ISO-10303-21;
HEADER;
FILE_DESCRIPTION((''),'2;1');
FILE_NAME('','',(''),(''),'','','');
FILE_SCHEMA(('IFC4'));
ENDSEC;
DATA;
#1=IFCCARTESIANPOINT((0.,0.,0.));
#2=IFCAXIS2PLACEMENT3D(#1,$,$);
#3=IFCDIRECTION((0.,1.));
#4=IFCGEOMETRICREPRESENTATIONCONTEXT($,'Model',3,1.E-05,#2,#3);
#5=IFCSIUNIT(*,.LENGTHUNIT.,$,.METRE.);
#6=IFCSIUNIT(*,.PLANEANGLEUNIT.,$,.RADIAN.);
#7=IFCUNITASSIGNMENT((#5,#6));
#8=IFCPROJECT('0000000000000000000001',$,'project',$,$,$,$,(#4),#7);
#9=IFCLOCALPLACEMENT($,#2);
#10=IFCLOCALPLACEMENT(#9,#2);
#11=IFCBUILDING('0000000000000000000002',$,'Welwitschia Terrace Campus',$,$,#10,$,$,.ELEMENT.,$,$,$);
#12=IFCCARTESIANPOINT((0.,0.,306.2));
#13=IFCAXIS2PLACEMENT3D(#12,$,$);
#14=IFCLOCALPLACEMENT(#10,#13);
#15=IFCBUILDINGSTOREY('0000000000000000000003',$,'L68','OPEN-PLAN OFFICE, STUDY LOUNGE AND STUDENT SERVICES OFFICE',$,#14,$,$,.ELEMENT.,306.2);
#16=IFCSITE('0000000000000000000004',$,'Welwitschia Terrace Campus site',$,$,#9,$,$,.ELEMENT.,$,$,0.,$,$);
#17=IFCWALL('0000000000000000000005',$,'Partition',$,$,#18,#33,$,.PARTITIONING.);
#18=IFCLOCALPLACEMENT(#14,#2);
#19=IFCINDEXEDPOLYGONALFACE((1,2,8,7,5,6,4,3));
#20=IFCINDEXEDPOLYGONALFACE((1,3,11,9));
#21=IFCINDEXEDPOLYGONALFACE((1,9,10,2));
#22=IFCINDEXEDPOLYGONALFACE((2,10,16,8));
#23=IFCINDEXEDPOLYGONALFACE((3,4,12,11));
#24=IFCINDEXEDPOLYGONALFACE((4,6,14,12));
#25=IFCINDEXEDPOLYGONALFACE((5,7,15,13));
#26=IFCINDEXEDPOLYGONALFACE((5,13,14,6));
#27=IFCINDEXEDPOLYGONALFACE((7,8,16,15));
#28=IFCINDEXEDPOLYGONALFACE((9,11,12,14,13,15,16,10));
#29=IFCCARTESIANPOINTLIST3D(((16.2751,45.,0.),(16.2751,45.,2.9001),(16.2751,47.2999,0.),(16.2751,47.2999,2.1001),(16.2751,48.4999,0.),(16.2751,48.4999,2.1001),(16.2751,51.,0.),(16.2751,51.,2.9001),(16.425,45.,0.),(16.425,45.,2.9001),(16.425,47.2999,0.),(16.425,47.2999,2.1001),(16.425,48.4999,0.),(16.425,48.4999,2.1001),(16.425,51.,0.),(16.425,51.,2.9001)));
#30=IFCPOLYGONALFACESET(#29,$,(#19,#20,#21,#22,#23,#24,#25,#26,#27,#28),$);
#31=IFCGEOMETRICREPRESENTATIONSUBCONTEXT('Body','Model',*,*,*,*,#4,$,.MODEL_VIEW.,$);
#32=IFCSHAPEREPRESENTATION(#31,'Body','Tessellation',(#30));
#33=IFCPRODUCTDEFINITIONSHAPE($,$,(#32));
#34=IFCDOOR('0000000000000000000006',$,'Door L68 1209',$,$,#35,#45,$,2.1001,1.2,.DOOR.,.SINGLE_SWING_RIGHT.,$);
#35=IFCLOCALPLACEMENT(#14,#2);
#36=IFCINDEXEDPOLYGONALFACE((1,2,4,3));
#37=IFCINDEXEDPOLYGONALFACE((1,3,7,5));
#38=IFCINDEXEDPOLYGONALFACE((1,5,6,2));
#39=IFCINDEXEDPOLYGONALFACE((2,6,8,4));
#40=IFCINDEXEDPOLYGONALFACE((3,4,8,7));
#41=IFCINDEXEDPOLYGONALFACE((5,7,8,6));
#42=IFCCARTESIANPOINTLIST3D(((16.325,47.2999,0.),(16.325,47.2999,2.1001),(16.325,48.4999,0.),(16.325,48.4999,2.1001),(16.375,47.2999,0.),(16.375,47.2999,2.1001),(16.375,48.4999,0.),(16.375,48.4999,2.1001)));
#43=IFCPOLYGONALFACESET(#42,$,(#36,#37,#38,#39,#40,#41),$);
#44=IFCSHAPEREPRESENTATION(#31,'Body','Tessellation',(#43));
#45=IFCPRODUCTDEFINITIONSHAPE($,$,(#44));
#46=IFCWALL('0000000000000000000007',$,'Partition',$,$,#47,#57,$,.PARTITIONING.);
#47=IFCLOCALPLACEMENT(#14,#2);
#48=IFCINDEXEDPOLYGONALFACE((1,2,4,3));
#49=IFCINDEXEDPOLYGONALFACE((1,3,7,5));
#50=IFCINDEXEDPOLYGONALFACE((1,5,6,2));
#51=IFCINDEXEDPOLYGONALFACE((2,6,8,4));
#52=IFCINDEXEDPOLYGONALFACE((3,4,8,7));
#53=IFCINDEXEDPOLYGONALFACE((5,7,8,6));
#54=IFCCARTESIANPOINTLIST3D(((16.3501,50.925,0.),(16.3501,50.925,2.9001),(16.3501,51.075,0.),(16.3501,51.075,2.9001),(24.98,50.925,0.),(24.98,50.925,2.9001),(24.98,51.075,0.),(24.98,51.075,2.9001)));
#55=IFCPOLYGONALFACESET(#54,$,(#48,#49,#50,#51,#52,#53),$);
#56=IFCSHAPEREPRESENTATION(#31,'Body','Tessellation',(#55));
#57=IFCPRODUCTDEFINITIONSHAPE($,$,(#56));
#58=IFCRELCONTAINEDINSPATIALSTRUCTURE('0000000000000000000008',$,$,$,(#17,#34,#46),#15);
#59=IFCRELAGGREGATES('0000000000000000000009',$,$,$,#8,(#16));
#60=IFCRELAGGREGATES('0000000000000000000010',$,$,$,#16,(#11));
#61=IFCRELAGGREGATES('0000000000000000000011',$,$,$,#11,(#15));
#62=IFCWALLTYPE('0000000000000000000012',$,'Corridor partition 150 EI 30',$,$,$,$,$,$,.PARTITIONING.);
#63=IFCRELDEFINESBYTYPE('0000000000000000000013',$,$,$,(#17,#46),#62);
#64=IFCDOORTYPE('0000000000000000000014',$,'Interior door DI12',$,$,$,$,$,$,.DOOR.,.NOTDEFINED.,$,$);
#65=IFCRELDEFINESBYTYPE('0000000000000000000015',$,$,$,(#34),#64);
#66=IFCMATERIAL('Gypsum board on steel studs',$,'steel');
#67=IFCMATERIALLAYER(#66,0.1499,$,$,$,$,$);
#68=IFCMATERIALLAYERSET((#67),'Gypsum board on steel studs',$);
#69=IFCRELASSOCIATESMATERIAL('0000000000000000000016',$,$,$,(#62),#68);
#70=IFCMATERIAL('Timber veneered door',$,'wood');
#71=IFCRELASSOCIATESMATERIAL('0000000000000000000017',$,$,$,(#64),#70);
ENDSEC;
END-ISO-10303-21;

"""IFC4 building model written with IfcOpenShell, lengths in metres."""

from ifc_helpers import new_model, si_unit, direction, frame, frame_2d, origin, place, context, subcontext, project, spatial, rectangle, extrude, material, layer, layer_set, type_object, element, fill, save


model = new_model("IFC4")

# Units and contexts
model_context = context("Model", 3, precision=1e-05, world=origin(), true_north=direction((0.0, 1.0)))
body_context = subcontext(model_context, "Body", "Model", "MODEL_VIEW")
ifc_project = project(units=[si_unit("LENGTHUNIT", "METRE"), si_unit("PLANEANGLEUNIT", "RADIAN")], contexts=[model_context])

# Site, building, storey
site_placement = place(None, origin())
site = spatial("IfcSite", under=ifc_project, at=site_placement, Name="Welwitschia Terrace Campus site", CompositionType="ELEMENT", RefElevation=0.0)
building_placement = place(site_placement, origin())
building = spatial("IfcBuilding", under=site, at=building_placement, Name="Welwitschia Terrace Campus", CompositionType="ELEMENT")
storey_placement = place(building_placement, frame((0.0, 0.0, 306.2)))
storey = spatial("IfcBuildingStorey", under=building, at=storey_placement, Name="L68", Description="OPEN-PLAN OFFICE, STUDY LOUNGE AND STUDENT SERVICES OFFICE", CompositionType="ELEMENT", Elevation=306.2)

# Shared definitions
ifc_material_1 = material(Name="Gypsum board on steel studs", Category="steel")
ifc_layer_1 = layer(ifc_material_1, 0.1499)
ifc_layer_set_1 = layer_set([ifc_layer_1], Name="Gypsum board on steel studs")
wall_type = type_object("IfcWallType", Name="Corridor partition 150 EI 30", PredefinedType="PARTITIONING", material=ifc_layer_set_1)

# Wall, opening, door
wall_1_placement = place(storey_placement, frame((16.3501, 51.0, 0.0), z_axis=(0.0, 0.0, 1.0), x_axis=(0.0, -1.0, 0.0)))
wall_1 = element("IfcWall", 1, at=wall_1_placement, inside=storey, type_object=wall_type, Name="Partition", PredefinedType="PARTITIONING", context=body_context, shape_type="SweptSolid", body=[
    extrude(rectangle(XDim=6.0, YDim=0.1499, at=frame_2d((3.0, 0.0))), origin(), (0.0, 0.0, 1.0), 2.9001),
])
opening_1_placement = place(wall_1_placement, frame((2.5, 0.0, 0.0)))
opening_1 = element("IfcOpeningElement", 2, at=opening_1_placement, cuts=wall_1, PredefinedType="OPENING", context=body_context, shape_type="SweptSolid", body=[
    extrude(rectangle(XDim=1.2, YDim=2.1001, at=frame_2d((0.6001, 1.05))), frame((0.0, 0.085, 0.0), z_axis=(0.0, -1.0, 0.0), x_axis=(1.0, 0.0, 0.0)), (0.0, 0.0, 1.0), 0.1699),
])
ifc_material_2 = material(Name="Timber veneered door", Category="wood")
door_type_1 = type_object("IfcDoorType", Name="Interior door DI12", OperationType="NOTDEFINED", PredefinedType="DOOR", material=ifc_material_2)
door_1_placement = place(opening_1_placement, origin())
door_1 = element("IfcDoor", 3, at=door_1_placement, inside=storey, type_object=door_type_1, Name="Door L68 1209", OperationType="SINGLE_SWING_RIGHT", OverallHeight=2.1001, OverallWidth=1.2, PredefinedType="DOOR", context=body_context, shape_type="SweptSolid", body=[
    extrude(rectangle(XDim=1.2, YDim=2.1001, at=frame_2d((0.6001, 1.05))), frame((0.0, 0.0249, 0.0), z_axis=(0.0, -1.0, 0.0), x_axis=(1.0, 0.0, 0.0)), (0.0, 0.0, 1.0), 0.05),
])
fill(opening_1, door_1)

# Wall
wall_2_placement = place(storey_placement, frame((16.3501, 51.0, 0.0), z_axis=(0.0, 0.0, 1.0), x_axis=(1.0, 0.0, 0.0)))
element("IfcWall", 4, at=wall_2_placement, inside=storey, type_object=wall_type, Name="Partition", PredefinedType="PARTITIONING", context=body_context, shape_type="SweptSolid", body=[
    extrude(rectangle(XDim=8.6299, YDim=0.1499, at=frame_2d((4.3149, 0.0))), origin(), (0.0, 0.0, 1.0), 2.9001),
])

save(model, "model.ifc")
